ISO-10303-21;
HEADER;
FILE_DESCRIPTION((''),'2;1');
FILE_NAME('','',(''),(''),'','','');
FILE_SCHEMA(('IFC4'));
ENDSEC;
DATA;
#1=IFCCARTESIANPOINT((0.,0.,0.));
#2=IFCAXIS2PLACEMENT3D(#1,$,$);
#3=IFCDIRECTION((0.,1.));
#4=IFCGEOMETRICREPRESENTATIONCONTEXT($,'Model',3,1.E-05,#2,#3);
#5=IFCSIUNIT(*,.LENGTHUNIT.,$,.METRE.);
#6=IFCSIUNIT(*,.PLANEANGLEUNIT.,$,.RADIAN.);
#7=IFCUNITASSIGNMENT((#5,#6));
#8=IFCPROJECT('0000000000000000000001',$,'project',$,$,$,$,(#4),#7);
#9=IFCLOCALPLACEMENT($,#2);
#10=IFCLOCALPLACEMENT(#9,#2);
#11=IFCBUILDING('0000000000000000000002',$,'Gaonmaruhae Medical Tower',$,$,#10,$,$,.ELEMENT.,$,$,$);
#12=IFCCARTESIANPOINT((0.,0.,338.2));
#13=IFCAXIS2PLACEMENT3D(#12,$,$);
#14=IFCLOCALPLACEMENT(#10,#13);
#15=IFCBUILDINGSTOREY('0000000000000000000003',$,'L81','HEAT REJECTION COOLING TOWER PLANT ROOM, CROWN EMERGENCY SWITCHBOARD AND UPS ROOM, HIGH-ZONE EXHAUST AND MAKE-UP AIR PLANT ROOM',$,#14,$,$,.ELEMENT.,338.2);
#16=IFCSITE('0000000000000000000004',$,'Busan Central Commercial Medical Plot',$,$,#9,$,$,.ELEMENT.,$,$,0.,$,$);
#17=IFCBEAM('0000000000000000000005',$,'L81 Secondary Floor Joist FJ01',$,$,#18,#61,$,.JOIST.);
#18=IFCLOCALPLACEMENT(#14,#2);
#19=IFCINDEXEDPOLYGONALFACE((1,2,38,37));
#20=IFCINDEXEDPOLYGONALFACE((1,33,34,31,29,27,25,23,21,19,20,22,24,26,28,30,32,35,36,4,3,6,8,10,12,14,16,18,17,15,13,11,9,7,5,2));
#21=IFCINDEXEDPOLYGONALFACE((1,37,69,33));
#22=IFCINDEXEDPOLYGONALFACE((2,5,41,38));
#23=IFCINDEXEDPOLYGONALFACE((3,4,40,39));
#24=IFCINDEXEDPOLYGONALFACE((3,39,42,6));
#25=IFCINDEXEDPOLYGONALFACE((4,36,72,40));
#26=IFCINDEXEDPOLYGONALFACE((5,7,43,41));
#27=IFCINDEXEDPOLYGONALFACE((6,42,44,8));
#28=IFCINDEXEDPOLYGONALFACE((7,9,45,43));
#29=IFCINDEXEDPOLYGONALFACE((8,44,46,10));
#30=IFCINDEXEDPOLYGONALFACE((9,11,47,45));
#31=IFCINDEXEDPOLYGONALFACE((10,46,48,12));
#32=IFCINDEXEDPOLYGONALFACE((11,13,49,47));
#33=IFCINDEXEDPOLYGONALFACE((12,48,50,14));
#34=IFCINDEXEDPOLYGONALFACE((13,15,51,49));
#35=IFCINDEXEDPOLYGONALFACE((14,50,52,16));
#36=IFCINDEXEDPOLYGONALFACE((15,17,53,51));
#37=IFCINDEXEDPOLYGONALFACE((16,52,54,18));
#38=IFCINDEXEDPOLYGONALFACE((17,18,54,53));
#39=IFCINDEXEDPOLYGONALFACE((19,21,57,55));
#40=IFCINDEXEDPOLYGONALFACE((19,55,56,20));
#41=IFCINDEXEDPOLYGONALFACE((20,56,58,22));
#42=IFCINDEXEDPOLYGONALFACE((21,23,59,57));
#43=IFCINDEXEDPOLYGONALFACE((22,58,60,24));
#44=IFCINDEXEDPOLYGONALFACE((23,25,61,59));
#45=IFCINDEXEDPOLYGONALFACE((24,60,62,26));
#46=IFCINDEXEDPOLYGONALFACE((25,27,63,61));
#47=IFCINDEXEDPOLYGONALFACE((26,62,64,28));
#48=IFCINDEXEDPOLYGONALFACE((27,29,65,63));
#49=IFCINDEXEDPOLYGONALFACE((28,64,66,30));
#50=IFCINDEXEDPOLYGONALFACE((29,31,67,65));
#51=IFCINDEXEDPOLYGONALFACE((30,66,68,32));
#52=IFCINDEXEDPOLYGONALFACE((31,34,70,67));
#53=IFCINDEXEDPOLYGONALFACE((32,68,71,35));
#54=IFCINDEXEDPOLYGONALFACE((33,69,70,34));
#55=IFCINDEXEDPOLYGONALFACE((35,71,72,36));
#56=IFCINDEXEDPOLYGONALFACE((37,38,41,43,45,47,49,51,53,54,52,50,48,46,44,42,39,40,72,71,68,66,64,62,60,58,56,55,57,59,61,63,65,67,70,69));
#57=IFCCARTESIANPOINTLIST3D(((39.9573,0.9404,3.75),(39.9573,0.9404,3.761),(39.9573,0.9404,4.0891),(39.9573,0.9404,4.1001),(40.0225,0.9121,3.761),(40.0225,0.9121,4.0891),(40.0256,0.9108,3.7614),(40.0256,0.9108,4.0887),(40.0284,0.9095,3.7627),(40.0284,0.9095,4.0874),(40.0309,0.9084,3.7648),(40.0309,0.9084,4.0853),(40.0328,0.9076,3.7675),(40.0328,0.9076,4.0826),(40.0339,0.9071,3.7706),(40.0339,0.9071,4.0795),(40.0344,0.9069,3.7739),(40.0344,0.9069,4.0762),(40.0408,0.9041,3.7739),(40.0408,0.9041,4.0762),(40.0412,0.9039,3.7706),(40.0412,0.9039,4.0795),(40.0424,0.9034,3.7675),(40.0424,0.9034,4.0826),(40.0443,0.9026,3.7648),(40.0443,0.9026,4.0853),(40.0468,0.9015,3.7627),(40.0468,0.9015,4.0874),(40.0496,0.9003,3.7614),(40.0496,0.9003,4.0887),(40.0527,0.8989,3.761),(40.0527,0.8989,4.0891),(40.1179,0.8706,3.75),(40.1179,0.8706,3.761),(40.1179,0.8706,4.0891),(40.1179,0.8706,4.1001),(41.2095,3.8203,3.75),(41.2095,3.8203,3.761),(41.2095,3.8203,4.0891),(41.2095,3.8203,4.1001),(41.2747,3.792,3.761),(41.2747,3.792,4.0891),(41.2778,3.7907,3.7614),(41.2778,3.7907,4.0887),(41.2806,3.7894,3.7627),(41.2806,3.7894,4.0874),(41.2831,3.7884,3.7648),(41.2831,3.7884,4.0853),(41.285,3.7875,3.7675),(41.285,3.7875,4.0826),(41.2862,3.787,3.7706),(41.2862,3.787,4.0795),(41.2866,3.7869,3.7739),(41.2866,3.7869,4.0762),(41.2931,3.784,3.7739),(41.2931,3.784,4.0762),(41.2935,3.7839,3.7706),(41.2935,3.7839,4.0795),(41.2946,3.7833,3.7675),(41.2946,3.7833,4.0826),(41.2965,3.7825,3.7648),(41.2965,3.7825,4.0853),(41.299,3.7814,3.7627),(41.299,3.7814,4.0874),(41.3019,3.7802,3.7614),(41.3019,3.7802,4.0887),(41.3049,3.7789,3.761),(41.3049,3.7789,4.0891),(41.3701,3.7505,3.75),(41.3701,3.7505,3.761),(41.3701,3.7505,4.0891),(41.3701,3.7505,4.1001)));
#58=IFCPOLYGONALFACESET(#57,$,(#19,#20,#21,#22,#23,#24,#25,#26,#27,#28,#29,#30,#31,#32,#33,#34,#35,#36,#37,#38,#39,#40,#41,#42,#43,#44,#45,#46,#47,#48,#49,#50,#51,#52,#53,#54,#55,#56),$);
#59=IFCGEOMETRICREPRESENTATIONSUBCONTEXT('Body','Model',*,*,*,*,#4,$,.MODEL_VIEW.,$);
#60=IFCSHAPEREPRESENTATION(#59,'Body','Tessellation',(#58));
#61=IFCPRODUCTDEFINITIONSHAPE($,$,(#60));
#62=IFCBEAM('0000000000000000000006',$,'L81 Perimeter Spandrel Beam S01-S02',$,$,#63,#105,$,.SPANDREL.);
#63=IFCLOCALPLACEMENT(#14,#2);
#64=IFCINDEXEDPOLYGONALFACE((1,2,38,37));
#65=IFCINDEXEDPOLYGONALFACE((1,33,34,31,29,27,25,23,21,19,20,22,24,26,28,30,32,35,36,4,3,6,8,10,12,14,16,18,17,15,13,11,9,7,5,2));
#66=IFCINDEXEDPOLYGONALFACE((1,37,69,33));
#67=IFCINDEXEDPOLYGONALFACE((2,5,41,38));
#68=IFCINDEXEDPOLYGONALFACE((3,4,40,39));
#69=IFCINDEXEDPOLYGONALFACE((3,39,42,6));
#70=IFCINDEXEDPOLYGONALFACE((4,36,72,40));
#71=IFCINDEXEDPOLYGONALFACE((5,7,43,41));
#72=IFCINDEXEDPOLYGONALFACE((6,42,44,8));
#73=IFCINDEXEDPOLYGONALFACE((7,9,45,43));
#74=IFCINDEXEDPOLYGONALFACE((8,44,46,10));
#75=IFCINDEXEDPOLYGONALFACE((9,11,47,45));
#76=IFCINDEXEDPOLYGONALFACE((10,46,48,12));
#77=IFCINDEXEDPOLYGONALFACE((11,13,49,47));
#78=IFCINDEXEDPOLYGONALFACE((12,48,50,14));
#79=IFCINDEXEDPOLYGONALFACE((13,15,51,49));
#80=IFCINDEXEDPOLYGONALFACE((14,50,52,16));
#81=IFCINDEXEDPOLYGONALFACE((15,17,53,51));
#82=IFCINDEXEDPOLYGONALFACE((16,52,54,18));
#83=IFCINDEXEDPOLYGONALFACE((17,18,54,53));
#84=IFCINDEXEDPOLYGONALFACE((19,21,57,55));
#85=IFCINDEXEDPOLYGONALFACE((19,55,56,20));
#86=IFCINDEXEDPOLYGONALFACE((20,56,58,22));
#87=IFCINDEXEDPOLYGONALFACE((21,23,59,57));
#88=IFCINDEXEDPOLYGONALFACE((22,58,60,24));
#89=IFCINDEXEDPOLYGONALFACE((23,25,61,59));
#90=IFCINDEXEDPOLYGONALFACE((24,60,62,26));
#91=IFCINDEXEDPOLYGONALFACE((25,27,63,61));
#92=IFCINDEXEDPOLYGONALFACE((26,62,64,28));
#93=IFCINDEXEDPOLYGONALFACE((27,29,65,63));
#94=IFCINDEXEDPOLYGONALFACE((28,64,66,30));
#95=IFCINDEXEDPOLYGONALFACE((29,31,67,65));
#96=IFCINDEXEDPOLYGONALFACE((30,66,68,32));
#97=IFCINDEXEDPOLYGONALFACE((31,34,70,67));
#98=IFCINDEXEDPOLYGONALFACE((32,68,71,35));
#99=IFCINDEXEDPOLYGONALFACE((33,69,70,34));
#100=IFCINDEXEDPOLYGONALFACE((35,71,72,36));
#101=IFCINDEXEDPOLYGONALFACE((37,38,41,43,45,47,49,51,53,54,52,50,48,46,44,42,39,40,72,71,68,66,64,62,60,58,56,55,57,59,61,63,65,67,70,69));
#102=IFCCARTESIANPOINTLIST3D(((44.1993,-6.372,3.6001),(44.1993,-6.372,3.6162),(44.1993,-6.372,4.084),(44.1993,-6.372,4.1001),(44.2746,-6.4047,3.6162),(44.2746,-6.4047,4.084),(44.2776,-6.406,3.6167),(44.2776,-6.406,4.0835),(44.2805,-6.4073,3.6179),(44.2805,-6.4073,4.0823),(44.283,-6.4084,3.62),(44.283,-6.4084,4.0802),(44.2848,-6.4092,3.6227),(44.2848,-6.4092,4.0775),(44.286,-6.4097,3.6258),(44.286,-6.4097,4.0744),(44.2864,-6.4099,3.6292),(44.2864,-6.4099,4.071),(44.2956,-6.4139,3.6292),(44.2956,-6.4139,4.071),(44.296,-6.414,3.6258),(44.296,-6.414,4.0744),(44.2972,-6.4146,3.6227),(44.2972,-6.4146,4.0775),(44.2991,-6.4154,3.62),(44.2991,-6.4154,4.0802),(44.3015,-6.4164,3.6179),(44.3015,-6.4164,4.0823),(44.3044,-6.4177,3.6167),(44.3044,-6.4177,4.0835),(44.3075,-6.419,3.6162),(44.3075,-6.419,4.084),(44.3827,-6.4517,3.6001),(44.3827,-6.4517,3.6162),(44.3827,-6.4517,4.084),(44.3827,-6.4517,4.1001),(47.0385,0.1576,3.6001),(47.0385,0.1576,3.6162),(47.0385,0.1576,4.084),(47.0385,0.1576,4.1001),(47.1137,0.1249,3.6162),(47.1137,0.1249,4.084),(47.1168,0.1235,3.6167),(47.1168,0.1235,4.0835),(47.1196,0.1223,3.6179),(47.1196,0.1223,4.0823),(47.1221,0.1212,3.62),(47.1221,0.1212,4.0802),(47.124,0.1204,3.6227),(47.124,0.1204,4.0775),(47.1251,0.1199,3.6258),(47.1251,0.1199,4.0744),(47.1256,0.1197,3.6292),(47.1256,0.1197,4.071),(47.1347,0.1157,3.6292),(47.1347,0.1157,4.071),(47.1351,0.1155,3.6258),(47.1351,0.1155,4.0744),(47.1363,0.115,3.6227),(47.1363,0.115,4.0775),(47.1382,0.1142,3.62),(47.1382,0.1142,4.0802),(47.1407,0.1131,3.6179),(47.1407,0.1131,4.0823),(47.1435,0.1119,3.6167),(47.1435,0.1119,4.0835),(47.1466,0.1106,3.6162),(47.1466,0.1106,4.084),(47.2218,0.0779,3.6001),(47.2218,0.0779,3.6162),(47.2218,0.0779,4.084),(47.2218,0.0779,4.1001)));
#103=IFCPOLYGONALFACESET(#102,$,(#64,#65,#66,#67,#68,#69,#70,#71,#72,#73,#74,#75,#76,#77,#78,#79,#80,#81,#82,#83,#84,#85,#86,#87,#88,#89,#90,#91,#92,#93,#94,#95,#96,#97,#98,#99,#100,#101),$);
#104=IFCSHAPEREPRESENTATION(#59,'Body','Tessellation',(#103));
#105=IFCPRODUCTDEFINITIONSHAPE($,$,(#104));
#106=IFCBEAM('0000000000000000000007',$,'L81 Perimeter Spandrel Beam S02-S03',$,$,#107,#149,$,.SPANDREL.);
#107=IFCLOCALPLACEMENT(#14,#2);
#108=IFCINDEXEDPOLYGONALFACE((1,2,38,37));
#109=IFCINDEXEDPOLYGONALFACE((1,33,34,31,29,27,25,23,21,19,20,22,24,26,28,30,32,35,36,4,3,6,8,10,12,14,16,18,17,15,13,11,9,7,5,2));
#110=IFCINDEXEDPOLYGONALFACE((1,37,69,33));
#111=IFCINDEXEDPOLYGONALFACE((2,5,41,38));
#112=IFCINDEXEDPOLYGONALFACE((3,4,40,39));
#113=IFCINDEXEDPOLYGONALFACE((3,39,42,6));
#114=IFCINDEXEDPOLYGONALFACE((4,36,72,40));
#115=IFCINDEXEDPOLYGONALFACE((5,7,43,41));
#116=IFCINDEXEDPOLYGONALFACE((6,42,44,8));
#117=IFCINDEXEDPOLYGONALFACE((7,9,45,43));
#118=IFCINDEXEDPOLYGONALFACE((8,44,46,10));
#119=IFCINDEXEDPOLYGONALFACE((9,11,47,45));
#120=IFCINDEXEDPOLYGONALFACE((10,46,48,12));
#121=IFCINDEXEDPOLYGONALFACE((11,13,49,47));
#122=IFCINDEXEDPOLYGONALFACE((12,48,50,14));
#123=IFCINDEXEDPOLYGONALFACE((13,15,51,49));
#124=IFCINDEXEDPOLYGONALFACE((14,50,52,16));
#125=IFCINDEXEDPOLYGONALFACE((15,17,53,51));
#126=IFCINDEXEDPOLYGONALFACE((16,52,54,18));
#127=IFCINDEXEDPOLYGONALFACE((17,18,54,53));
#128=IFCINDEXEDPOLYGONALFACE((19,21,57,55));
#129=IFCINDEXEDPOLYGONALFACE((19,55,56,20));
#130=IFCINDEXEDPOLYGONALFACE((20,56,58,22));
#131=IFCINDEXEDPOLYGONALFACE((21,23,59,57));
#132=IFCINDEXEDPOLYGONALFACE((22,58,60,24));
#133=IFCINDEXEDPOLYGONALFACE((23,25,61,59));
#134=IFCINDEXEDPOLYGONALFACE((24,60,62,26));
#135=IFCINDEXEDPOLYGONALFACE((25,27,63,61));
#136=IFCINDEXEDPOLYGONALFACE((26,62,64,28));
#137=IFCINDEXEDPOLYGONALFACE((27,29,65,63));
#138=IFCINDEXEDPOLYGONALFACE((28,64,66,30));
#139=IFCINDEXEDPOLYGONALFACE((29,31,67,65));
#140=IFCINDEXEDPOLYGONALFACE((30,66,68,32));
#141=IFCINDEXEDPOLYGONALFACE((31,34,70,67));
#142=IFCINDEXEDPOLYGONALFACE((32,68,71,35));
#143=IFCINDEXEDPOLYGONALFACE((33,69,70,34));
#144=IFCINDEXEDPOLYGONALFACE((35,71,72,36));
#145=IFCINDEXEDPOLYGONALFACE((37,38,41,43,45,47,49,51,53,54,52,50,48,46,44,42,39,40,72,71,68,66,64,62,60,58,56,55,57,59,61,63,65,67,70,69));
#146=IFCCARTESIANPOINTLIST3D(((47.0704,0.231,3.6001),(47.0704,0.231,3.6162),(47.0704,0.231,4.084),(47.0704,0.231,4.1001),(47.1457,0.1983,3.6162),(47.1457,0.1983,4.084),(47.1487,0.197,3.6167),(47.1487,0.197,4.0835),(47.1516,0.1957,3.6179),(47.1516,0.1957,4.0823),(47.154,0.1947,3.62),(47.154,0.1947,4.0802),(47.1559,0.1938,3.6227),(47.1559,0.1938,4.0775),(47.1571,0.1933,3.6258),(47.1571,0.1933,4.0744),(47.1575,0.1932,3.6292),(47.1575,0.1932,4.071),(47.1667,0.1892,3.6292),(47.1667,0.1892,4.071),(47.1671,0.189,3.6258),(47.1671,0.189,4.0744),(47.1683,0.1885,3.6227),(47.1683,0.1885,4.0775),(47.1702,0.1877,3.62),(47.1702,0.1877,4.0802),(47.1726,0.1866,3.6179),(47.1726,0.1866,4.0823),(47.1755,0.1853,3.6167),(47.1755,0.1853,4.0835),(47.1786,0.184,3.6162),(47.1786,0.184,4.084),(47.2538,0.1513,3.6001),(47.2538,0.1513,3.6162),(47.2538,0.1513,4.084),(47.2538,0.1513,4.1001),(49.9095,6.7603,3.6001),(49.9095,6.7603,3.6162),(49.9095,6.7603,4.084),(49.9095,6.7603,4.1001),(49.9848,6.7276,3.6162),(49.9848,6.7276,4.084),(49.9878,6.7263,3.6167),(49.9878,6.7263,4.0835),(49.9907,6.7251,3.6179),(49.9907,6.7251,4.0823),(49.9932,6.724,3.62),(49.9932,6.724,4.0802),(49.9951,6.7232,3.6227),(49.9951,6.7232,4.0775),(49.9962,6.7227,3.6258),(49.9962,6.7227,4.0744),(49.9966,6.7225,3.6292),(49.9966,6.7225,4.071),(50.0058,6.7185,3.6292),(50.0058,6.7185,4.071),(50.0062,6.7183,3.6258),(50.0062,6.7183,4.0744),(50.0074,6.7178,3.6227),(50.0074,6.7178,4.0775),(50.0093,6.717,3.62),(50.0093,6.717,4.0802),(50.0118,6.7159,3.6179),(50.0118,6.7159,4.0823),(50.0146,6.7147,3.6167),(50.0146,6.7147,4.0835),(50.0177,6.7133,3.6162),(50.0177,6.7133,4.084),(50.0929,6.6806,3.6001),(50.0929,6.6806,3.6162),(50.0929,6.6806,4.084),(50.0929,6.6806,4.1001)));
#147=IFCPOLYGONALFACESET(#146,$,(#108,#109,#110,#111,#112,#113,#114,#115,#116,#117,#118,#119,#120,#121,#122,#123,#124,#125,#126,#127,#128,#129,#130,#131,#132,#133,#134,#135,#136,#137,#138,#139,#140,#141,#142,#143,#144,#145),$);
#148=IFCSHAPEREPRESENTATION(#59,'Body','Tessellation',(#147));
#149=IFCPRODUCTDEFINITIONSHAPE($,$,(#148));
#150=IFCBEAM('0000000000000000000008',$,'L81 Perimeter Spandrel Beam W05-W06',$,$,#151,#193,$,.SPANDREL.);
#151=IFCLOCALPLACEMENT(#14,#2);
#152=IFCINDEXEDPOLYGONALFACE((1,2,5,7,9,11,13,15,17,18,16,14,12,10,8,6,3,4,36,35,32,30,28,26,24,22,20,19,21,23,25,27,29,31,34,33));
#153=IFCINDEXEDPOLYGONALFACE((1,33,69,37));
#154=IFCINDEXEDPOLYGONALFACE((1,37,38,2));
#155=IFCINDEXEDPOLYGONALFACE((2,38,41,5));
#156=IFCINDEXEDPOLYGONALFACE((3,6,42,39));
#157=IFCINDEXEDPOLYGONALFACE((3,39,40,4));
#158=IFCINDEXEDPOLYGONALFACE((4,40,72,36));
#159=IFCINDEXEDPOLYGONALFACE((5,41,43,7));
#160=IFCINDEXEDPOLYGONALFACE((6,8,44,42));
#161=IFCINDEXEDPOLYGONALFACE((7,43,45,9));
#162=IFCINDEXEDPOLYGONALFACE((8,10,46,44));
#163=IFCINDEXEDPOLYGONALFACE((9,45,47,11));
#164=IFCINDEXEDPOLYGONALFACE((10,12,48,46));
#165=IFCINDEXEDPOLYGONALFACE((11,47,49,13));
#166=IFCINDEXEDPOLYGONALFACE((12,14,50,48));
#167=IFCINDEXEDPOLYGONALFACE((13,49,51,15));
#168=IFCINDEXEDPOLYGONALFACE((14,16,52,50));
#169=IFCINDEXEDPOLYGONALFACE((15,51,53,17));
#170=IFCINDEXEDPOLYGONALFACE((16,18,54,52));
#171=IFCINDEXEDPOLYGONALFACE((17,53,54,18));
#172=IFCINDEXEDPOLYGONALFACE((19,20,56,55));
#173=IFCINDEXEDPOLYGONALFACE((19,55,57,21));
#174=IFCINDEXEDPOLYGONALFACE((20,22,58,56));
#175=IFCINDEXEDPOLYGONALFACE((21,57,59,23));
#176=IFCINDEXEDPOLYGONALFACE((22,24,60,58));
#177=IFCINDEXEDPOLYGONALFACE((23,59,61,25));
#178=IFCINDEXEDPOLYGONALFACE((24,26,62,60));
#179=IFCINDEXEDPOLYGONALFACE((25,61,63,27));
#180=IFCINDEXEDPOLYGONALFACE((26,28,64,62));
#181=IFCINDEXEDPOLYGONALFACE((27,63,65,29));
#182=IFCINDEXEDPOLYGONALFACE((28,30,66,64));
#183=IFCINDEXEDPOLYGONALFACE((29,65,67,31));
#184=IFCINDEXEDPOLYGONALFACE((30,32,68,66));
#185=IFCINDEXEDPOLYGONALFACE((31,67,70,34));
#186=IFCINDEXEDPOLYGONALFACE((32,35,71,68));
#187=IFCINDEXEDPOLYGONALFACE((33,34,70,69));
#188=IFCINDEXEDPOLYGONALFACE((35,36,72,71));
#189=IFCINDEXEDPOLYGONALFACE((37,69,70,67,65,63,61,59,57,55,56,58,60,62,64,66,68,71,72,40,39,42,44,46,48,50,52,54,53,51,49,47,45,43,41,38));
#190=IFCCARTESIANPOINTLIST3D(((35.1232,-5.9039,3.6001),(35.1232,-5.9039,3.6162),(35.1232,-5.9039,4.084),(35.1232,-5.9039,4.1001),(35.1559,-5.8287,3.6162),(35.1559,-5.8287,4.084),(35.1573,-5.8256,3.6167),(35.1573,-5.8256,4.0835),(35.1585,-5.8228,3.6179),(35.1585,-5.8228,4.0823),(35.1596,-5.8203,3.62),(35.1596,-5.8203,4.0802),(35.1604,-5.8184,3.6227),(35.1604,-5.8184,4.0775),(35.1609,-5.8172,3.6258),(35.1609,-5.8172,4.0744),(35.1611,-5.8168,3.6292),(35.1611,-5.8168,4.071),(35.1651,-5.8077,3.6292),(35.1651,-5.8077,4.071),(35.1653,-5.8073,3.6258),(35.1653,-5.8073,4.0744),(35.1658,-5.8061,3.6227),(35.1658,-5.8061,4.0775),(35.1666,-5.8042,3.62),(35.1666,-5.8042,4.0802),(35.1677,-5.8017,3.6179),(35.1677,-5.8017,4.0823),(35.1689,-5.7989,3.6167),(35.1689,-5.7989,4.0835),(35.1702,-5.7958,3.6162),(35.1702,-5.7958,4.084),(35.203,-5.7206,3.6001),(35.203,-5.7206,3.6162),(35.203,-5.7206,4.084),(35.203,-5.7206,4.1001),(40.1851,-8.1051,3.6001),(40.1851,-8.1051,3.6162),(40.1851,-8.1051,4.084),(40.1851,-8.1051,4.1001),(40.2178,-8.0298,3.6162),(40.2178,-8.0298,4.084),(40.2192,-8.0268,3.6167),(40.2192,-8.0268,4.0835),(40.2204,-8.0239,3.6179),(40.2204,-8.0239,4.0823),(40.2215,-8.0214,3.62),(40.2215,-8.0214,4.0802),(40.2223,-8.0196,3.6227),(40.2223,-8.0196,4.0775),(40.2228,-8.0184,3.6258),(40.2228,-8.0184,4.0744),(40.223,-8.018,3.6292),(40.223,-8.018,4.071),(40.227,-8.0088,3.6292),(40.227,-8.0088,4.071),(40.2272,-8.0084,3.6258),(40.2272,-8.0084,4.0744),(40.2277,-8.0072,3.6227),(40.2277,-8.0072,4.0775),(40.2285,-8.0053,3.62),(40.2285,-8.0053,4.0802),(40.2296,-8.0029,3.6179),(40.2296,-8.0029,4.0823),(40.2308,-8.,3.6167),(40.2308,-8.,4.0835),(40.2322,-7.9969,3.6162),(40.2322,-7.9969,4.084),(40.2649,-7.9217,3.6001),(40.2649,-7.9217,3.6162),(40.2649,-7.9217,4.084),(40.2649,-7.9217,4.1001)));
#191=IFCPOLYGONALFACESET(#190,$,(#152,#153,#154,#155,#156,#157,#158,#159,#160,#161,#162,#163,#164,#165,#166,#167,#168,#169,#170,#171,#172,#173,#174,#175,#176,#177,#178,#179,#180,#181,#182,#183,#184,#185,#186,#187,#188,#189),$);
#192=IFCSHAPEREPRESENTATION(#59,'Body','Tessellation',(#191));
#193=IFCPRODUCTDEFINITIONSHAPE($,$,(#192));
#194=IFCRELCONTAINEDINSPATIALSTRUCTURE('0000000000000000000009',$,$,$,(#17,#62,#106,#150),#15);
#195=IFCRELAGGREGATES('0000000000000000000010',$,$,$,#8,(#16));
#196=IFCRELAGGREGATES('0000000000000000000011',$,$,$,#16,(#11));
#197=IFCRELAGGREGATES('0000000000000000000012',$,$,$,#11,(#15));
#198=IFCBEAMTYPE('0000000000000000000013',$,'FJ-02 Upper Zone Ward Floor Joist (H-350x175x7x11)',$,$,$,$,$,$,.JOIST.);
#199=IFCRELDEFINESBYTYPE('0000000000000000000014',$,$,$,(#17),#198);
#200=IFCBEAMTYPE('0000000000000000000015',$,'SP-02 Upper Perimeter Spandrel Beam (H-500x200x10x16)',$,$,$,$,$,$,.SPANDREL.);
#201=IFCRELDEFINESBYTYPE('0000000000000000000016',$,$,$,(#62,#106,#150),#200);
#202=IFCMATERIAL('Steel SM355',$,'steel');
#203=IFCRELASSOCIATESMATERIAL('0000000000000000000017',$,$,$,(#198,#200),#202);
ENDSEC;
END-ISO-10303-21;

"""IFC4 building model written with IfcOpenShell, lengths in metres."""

from ifc_helpers import new_model, si_unit, direction, frame, origin, origin_2d, place, context, subcontext, project, spatial, i_section, extrude, material, material_profile, profile_set, type_object, element, save


model = new_model("IFC4")

# Units and contexts
model_context = context("Model", 3, precision=1e-05, world=origin(), true_north=direction((0.0, 1.0)))
body_context = subcontext(model_context, "Body", "Model", "MODEL_VIEW")
ifc_project = project(units=[si_unit("LENGTHUNIT", "METRE"), si_unit("PLANEANGLEUNIT", "RADIAN")], contexts=[model_context])

# Site, building, storey
site_placement = place(None, origin())
site = spatial("IfcSite", under=ifc_project, at=site_placement, Name="Busan Central Commercial Medical Plot", CompositionType="ELEMENT", RefElevation=0.0)
building_placement = place(site_placement, origin())
building = spatial("IfcBuilding", under=site, at=building_placement, Name="Gaonmaruhae Medical Tower", CompositionType="ELEMENT")
storey_placement = place(building_placement, frame((0.0, 0.0, 338.2)))
storey = spatial("IfcBuildingStorey", under=building, at=storey_placement, Name="L81", Description="HEAT REJECTION COOLING TOWER PLANT ROOM, CROWN EMERGENCY SWITCHBOARD AND UPS ROOM, HIGH-ZONE EXHAUST AND MAKE-UP AIR PLANT ROOM", CompositionType="ELEMENT", Elevation=338.2)

# Beams
ifc_material_1 = material(Name="Steel SM355", Category="steel")
ifc_material_profile_1 = material_profile(ifc_material_1, i_section(OverallWidth=0.175, OverallDepth=0.3501, WebThickness=0.0071, FlangeThickness=0.011, FilletRadius=0.0129, at=origin_2d()), Name="H-350x175x7x11")
ifc_profile_set_1 = profile_set([ifc_material_profile_1], Name="Steel SM355")
beam_type_1 = type_object("IfcBeamType", Name="FJ-02 Upper Zone Ward Floor Joist (H-350x175x7x11)", PredefinedType="JOIST", material=ifc_profile_set_1)
beam_1_placement = place(storey_placement, frame((40.0376, 0.9055, 3.925), z_axis=(0.398746, 0.917061, 0.0), x_axis=(-0.917061, 0.398746, 0.0)))
element("IfcBeam", 1, at=beam_1_placement, inside=storey, type_object=beam_type_1, Name="L81 Secondary Floor Joist FJ01", PredefinedType="JOIST", context=body_context, shape_type="SweptSolid", body=[
    extrude(i_section(OverallWidth=0.175, OverallDepth=0.3501, WebThickness=0.0071, FlangeThickness=0.011, FilletRadius=0.0129, at=origin_2d()), origin(), (0.0, 0.0, 1.0), 3.1404),
])
ifc_material_profile_2 = material_profile(ifc_material_1, i_section(OverallWidth=0.2, OverallDepth=0.5, WebThickness=0.01, FlangeThickness=0.0161, FilletRadius=0.0129, at=origin_2d()), Name="H-500x200x10x16")
ifc_profile_set_2 = profile_set([ifc_material_profile_2], Name="Steel SM355")
beam_type_2 = type_object("IfcBeamType", Name="SP-02 Upper Perimeter Spandrel Beam (H-500x200x10x16)", PredefinedType="SPANDREL", material=ifc_profile_set_2)
beam_2_placement = place(storey_placement, frame((44.291, -6.4119, 3.8501), z_axis=(0.398747, 0.917061, 0.0), x_axis=(-0.917061, 0.398747, 0.0)))
element("IfcBeam", 2, at=beam_2_placement, inside=storey, type_object=beam_type_2, Name="L81 Perimeter Spandrel Beam S01-S02", PredefinedType="SPANDREL", context=body_context, shape_type="SweptSolid", body=[
    extrude(i_section(OverallWidth=0.2, OverallDepth=0.5, WebThickness=0.01, FlangeThickness=0.0161, FilletRadius=0.0129, at=origin_2d()), origin(), (0.0, 0.0, 1.0), 7.1201),
])
beam_3_placement = place(storey_placement, frame((47.1621, 0.1912, 3.8501), z_axis=(0.39876, 0.917055, 0.0), x_axis=(-0.917055, 0.39876, 0.0)))
element("IfcBeam", 3, at=beam_3_placement, inside=storey, type_object=beam_type_2, Name="L81 Perimeter Spandrel Beam S02-S03", PredefinedType="SPANDREL", context=body_context, shape_type="SweptSolid", body=[
    extrude(i_section(OverallWidth=0.2, OverallDepth=0.5, WebThickness=0.01, FlangeThickness=0.0161, FilletRadius=0.0129, at=origin_2d()), origin(), (0.0, 0.0, 1.0), 7.1199),
])
beam_4_placement = place(storey_placement, frame((35.1631, -5.8123, 3.8501), z_axis=(0.91705, -0.398771, 0.0), x_axis=(0.398771, 0.91705, 0.0)))
element("IfcBeam", 4, at=beam_4_placement, inside=storey, type_object=beam_type_2, Name="L81 Perimeter Spandrel Beam W05-W06", PredefinedType="SPANDREL", context=body_context, shape_type="SweptSolid", body=[
    extrude(i_section(OverallWidth=0.2, OverallDepth=0.5, WebThickness=0.01, FlangeThickness=0.0161, FilletRadius=0.0129, at=origin_2d()), origin(), (0.0, 0.0, 1.0), 5.5198),
])

save(model, "model.ifc")
